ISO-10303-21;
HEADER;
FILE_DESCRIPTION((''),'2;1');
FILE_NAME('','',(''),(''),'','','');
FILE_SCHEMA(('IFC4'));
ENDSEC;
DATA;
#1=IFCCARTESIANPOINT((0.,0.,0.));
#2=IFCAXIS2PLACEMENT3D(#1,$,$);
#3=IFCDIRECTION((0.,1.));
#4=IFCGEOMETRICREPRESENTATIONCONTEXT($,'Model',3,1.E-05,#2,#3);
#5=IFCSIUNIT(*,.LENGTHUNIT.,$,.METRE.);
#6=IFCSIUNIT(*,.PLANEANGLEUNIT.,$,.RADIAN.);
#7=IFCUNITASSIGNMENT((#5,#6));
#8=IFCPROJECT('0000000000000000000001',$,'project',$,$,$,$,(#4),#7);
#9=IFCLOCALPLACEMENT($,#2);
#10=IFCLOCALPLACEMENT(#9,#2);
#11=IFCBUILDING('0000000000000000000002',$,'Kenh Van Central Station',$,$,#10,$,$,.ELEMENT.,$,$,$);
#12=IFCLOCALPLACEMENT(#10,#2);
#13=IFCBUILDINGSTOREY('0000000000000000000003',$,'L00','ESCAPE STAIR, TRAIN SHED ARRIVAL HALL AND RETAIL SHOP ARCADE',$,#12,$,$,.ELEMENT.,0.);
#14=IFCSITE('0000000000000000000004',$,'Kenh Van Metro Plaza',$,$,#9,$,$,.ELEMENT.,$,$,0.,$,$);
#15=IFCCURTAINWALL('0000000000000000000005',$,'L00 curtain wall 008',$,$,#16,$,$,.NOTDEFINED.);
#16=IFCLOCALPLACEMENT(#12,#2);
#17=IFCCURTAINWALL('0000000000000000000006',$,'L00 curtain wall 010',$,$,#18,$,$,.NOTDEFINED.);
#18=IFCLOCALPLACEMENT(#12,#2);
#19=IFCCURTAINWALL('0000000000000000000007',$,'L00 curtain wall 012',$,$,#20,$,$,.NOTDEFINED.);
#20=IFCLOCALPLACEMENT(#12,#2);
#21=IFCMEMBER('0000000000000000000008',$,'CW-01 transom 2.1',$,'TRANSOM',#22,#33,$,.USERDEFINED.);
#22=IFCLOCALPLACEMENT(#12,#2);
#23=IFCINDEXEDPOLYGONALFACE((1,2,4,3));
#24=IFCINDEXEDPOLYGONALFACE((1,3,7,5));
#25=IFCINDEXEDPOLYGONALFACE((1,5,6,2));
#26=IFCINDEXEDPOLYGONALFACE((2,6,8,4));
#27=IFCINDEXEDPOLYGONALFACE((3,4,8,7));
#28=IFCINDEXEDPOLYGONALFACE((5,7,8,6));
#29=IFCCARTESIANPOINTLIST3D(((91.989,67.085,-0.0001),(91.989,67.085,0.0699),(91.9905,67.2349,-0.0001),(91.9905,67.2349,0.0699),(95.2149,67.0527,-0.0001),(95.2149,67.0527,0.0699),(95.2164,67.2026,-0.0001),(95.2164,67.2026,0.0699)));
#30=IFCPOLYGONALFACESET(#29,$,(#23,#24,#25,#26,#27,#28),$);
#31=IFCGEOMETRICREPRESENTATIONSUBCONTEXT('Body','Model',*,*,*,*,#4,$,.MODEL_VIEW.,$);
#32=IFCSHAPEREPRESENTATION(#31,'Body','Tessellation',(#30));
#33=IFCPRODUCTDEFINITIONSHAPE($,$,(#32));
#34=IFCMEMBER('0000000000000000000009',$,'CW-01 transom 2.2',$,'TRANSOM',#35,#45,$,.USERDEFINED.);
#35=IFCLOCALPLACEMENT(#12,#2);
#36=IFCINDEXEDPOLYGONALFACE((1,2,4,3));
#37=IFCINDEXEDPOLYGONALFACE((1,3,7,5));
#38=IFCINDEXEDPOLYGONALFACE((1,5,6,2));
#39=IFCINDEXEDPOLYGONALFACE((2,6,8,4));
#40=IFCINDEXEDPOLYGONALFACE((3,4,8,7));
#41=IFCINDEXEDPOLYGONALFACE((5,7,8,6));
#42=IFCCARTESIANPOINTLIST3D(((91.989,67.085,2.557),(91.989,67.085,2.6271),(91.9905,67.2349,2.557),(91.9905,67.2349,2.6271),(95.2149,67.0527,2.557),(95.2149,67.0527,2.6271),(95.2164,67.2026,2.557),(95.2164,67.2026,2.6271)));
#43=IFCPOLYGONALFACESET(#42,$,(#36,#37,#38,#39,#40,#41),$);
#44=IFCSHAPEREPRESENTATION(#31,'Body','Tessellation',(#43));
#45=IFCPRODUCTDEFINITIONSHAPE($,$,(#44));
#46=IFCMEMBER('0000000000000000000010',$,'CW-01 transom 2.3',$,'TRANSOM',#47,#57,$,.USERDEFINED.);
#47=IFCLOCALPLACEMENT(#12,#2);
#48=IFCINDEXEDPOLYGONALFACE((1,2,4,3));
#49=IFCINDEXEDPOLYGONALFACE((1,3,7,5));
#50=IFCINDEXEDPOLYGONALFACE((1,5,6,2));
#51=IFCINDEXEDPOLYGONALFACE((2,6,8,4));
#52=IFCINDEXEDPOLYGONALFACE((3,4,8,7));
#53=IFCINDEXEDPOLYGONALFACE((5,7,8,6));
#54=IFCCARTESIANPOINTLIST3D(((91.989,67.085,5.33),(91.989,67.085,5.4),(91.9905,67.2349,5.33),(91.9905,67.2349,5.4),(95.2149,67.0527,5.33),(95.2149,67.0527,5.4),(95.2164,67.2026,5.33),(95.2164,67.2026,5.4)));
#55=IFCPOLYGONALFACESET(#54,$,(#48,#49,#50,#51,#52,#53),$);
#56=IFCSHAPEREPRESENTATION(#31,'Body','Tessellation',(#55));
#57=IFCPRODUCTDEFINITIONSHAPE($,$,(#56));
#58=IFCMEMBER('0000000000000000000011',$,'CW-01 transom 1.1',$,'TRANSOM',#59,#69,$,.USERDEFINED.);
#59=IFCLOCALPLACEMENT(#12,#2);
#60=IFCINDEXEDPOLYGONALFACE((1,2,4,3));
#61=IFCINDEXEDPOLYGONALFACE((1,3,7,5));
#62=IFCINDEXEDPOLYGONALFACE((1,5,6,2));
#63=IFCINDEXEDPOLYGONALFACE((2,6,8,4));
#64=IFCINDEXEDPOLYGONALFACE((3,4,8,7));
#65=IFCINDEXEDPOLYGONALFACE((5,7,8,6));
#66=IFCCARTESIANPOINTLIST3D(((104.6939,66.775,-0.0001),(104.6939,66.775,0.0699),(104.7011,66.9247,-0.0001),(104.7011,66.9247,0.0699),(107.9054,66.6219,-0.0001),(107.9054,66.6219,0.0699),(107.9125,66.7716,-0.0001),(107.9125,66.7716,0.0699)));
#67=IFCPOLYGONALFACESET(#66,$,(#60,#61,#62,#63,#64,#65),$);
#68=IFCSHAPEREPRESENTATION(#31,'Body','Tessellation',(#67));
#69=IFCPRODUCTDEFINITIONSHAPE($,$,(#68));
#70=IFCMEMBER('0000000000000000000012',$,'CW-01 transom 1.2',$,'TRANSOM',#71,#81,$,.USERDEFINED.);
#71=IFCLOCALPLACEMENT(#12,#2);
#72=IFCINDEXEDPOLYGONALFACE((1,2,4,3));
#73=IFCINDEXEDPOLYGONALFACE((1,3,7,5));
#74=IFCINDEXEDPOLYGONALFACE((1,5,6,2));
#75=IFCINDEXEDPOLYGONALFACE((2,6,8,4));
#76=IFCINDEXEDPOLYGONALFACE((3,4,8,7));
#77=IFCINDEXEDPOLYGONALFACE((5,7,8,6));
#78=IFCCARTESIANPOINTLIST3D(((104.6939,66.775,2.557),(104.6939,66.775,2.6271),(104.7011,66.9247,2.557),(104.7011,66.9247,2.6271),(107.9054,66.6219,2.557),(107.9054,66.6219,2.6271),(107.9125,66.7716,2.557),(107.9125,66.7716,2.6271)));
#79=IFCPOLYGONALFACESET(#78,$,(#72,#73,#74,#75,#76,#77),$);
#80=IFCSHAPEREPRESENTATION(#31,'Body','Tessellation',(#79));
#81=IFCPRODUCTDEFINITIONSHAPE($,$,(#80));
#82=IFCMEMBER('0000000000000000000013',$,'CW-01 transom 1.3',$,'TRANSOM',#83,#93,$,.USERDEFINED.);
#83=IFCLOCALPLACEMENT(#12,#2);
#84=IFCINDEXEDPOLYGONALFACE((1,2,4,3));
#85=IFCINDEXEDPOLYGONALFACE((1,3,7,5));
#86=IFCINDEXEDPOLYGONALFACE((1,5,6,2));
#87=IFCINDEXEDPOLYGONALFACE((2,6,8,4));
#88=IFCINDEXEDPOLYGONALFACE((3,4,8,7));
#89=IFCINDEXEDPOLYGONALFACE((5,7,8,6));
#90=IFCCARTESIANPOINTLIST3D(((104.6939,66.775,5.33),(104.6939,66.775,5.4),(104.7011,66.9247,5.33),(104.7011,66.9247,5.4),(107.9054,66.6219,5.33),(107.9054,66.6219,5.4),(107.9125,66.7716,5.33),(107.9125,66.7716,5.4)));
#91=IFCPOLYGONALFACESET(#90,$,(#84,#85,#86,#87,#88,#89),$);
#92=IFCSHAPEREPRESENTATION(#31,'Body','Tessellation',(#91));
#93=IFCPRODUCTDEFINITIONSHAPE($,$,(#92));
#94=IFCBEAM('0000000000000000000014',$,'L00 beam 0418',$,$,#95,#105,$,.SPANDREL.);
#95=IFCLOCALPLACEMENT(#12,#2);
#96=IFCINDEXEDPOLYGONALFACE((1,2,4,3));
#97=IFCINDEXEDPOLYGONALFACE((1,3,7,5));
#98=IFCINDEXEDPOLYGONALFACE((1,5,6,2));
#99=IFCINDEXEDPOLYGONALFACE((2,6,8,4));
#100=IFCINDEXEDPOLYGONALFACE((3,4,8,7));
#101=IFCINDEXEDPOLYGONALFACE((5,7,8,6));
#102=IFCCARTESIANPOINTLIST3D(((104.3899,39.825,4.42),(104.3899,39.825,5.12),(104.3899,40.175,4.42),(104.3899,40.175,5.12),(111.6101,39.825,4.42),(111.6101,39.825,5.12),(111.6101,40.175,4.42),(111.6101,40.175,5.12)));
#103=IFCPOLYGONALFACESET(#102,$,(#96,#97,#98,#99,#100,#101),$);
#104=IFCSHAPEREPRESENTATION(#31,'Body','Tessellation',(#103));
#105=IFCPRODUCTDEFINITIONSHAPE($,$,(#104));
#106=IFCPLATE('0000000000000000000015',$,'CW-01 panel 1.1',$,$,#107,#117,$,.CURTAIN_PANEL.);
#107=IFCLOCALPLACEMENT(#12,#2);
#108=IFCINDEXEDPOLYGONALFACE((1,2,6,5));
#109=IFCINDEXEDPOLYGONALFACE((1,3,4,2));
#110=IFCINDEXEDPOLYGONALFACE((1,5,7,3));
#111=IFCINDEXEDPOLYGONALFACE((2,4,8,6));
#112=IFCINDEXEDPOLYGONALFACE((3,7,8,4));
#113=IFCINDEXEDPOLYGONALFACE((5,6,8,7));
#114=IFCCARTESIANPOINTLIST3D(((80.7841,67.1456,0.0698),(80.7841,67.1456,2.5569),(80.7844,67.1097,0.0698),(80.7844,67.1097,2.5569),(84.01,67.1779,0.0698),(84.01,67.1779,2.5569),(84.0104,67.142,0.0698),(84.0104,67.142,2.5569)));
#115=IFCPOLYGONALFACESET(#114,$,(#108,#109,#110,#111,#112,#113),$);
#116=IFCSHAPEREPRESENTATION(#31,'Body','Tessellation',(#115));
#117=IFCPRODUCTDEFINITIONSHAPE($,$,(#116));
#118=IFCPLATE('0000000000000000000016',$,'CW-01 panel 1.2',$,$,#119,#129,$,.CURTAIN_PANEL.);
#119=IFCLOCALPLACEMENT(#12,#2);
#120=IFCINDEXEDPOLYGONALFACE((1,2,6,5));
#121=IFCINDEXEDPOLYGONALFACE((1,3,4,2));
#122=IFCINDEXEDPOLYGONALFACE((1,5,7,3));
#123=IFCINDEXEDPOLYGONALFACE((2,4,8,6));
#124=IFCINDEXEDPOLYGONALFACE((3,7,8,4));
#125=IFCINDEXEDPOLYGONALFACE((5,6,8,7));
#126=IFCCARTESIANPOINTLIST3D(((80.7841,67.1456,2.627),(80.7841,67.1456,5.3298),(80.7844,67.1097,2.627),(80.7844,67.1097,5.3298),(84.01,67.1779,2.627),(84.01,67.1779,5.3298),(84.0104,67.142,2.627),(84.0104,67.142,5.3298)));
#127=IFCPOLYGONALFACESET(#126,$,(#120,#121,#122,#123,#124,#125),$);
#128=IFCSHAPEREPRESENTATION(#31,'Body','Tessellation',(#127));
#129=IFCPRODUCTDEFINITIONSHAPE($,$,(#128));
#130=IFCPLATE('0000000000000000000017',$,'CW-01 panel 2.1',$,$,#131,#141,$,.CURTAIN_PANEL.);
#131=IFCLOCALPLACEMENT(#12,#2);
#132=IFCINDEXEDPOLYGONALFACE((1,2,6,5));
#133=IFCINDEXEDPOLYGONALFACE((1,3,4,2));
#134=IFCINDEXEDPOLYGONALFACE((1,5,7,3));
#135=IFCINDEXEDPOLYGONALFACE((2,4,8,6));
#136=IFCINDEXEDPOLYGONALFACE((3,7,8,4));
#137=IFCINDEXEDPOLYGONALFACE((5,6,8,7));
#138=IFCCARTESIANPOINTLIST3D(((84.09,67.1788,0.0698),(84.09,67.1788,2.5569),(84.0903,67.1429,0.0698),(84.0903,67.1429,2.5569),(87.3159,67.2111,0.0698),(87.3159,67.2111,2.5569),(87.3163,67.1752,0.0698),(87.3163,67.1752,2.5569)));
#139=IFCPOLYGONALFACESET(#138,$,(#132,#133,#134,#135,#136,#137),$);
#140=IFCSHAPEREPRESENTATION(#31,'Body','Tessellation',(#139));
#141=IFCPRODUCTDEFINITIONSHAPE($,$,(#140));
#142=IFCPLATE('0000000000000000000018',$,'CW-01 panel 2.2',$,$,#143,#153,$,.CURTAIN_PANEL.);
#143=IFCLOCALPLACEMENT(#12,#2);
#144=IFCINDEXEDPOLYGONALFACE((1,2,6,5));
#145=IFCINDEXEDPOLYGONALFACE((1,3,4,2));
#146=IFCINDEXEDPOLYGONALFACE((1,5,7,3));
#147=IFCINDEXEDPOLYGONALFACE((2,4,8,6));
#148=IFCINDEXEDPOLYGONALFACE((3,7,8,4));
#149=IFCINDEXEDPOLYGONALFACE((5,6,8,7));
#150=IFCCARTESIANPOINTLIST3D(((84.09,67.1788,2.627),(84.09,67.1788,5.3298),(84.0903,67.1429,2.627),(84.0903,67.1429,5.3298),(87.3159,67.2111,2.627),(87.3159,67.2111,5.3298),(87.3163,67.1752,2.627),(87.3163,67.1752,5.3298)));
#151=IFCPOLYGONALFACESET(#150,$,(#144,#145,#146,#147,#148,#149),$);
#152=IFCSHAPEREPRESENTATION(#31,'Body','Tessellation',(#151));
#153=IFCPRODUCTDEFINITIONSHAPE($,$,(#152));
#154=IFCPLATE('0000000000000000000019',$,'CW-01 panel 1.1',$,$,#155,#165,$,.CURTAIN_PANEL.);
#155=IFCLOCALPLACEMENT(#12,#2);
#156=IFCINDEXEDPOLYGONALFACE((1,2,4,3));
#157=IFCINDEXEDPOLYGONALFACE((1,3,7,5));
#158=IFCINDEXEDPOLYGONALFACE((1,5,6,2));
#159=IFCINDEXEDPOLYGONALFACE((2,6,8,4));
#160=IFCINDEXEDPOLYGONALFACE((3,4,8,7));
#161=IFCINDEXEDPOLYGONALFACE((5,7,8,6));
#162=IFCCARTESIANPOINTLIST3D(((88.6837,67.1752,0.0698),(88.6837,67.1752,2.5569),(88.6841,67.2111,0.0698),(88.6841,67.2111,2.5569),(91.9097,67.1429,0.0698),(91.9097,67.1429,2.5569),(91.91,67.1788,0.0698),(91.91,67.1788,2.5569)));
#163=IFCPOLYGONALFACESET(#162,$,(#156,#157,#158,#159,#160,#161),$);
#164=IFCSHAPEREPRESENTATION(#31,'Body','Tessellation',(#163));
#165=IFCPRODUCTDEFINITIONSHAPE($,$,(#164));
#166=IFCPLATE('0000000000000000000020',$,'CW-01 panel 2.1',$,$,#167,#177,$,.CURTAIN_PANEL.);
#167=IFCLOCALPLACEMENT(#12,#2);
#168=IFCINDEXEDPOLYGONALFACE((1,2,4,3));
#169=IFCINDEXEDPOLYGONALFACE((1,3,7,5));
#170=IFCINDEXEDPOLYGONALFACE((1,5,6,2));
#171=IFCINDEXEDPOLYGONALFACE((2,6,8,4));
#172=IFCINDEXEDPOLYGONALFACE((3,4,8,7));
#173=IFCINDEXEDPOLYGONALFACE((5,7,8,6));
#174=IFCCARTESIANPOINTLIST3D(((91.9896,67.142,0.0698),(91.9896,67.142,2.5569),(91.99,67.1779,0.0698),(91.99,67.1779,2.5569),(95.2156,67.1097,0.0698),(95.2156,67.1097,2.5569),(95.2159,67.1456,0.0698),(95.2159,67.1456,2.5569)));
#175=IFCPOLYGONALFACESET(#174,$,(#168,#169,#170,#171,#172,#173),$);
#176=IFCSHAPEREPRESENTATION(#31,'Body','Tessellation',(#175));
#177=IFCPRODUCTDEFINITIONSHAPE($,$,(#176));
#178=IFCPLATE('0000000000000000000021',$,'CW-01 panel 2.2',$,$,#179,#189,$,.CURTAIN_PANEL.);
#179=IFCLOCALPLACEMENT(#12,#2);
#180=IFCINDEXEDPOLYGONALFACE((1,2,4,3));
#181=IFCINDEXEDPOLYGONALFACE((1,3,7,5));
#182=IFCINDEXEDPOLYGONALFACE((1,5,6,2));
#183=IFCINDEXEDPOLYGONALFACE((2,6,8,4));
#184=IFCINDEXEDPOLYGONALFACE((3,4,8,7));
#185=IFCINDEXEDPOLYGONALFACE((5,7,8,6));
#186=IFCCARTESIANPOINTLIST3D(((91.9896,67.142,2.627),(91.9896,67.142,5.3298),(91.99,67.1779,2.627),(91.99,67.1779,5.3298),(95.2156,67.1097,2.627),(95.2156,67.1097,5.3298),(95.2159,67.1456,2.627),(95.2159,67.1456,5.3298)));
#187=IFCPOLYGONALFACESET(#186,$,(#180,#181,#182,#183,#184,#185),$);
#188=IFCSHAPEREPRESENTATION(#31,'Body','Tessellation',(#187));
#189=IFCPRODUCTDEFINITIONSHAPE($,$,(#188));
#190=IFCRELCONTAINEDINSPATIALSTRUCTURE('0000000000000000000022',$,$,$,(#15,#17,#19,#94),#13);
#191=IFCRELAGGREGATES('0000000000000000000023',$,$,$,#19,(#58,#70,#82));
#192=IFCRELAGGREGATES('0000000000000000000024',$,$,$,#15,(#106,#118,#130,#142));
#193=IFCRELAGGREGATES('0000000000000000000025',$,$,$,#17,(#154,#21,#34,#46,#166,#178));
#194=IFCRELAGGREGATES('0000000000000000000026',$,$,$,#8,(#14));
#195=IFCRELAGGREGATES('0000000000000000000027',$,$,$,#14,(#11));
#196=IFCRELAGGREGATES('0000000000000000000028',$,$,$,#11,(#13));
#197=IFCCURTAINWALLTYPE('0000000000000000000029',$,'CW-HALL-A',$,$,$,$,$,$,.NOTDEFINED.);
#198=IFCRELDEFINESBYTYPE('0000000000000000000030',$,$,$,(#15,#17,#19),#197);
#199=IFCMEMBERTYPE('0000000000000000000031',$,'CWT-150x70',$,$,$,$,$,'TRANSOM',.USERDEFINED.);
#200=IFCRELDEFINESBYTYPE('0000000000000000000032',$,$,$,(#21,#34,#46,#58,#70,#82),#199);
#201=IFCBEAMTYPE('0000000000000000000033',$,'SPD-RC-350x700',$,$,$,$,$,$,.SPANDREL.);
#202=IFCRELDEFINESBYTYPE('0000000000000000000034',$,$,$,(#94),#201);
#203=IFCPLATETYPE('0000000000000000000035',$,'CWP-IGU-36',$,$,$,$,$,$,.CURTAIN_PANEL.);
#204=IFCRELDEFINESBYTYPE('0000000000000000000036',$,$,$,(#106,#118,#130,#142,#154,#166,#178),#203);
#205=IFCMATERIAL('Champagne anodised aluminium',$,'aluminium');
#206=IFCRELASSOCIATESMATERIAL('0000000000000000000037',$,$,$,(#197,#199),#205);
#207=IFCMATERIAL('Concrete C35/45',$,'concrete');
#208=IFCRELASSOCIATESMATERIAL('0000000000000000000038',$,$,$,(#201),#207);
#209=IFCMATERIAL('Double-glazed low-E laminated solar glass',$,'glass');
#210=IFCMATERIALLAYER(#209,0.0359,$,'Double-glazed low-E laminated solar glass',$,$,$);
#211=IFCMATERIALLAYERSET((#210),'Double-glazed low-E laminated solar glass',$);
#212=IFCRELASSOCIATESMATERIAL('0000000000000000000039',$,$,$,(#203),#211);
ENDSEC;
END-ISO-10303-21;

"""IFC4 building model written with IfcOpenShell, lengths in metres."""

from ifc_helpers import new_model, si_unit, direction, frame, origin, origin_2d, place, context, subcontext, project, spatial, rectangle, extrude, material, layer, layer_set, material_profile, profile_set, type_object, element, aggregate, save


model = new_model("IFC4")

# Units and contexts
model_context = context("Model", 3, precision=1e-05, world=origin(), true_north=direction((0.0, 1.0)))
body_context = subcontext(model_context, "Body", "Model", "MODEL_VIEW")
ifc_project = project(units=[si_unit("LENGTHUNIT", "METRE"), si_unit("PLANEANGLEUNIT", "RADIAN")], contexts=[model_context])

# Site, building, storey
site_placement = place(None, origin())
site = spatial("IfcSite", under=ifc_project, at=site_placement, Name="Kenh Van Metro Plaza", CompositionType="ELEMENT", RefElevation=0.0)
building_placement = place(site_placement, origin())
building = spatial("IfcBuilding", under=site, at=building_placement, Name="Kenh Van Central Station", CompositionType="ELEMENT")
storey_placement = place(building_placement, origin())
storey = spatial("IfcBuildingStorey", under=building, at=storey_placement, Name="L00", Description="ESCAPE STAIR, TRAIN SHED ARRIVAL HALL AND RETAIL SHOP ARCADE", CompositionType="ELEMENT", Elevation=0.0)

# Curtain wall
ifc_material_1 = material(Name="Champagne anodised aluminium", Category="aluminium")
curtain_wall_type = type_object("IfcCurtainWallType", Name="CW-HALL-A", PredefinedType="NOTDEFINED", material=ifc_material_1)
curtain_wall_1_placement = place(storey_placement, origin())
curtain_wall_1 = element("IfcCurtainWall", 1, at=curtain_wall_1_placement, inside=storey, type_object=curtain_wall_type, Name="L00 curtain wall 008", PredefinedType="NOTDEFINED")

# Curtain wall
curtain_wall_2_placement = place(storey_placement, origin())
curtain_wall_2 = element("IfcCurtainWall", 2, at=curtain_wall_2_placement, inside=storey, type_object=curtain_wall_type, Name="L00 curtain wall 010", PredefinedType="NOTDEFINED")

# Curtain wall
curtain_wall_3_placement = place(storey_placement, origin())
curtain_wall_3 = element("IfcCurtainWall", 3, at=curtain_wall_3_placement, inside=storey, type_object=curtain_wall_type, Name="L00 curtain wall 012", PredefinedType="NOTDEFINED")

# Members
ifc_material_profile_1 = material_profile(ifc_material_1, rectangle(XDim=0.1499, YDim=0.0701, at=origin_2d()), Name="AL 150x70")
ifc_profile_set_1 = profile_set([ifc_material_profile_1], Name="Champagne anodised aluminium")
member_type_1 = type_object("IfcMemberType", Name="CWT-150x70", ElementType="TRANSOM", PredefinedType="USERDEFINED", material=ifc_profile_set_1)
member_1_placement = place(storey_placement, frame((91.9897, 67.1599, 0.0349), z_axis=(0.99995, -0.00999, 0.0), x_axis=(0.00999, 0.99995, 0.0)))
member_1 = element("IfcMember", 4, at=member_1_placement, type_object=member_type_1, Name="CW-01 transom 2.1", ObjectType="TRANSOM", PredefinedType="USERDEFINED", context=body_context, shape_type="SweptSolid", body=[
    extrude(rectangle(XDim=0.1499, YDim=0.0701, at=origin_2d()), origin(), (0.0, 0.0, 1.0), 3.2261),
])
member_2_placement = place(storey_placement, frame((91.9897, 67.1599, 2.592), z_axis=(0.99995, -0.00999, 0.0), x_axis=(0.00999, 0.99995, 0.0)))
member_2 = element("IfcMember", 5, at=member_2_placement, type_object=member_type_1, Name="CW-01 transom 2.2", ObjectType="TRANSOM", PredefinedType="USERDEFINED", context=body_context, shape_type="SweptSolid", body=[
    extrude(rectangle(XDim=0.1499, YDim=0.0701, at=origin_2d()), origin(), (0.0, 0.0, 1.0), 3.2261),
])
member_3_placement = place(storey_placement, frame((91.9897, 67.1599, 5.365), z_axis=(0.99995, -0.00999, 0.0), x_axis=(0.00999, 0.99995, 0.0)))
member_3 = element("IfcMember", 6, at=member_3_placement, type_object=member_type_1, Name="CW-01 transom 2.3", ObjectType="TRANSOM", PredefinedType="USERDEFINED", context=body_context, shape_type="SweptSolid", body=[
    extrude(rectangle(XDim=0.1499, YDim=0.0701, at=origin_2d()), origin(), (0.0, 0.0, 1.0), 3.2261),
])
member_4_placement = place(storey_placement, frame((104.6975, 66.8499, 0.0349), z_axis=(0.998866, -0.047612, 0.0), x_axis=(0.047612, 0.998866, 0.0)))
member_4 = element("IfcMember", 7, at=member_4_placement, type_object=member_type_1, Name="CW-01 transom 1.1", ObjectType="TRANSOM", PredefinedType="USERDEFINED", context=body_context, shape_type="SweptSolid", body=[
    extrude(rectangle(XDim=0.1499, YDim=0.0701, at=origin_2d()), origin(), (0.0, 0.0, 1.0), 3.2151),
])
member_5_placement = place(storey_placement, frame((104.6975, 66.8499, 2.592), z_axis=(0.998866, -0.047612, 0.0), x_axis=(0.047612, 0.998866, 0.0)))
member_5 = element("IfcMember", 8, at=member_5_placement, type_object=member_type_1, Name="CW-01 transom 1.2", ObjectType="TRANSOM", PredefinedType="USERDEFINED", context=body_context, shape_type="SweptSolid", body=[
    extrude(rectangle(XDim=0.1499, YDim=0.0701, at=origin_2d()), origin(), (0.0, 0.0, 1.0), 3.2151),
])
member_6_placement = place(storey_placement, frame((104.6975, 66.8499, 5.365), z_axis=(0.998866, -0.047612, 0.0), x_axis=(0.047612, 0.998866, 0.0)))
member_6 = element("IfcMember", 9, at=member_6_placement, type_object=member_type_1, Name="CW-01 transom 1.3", ObjectType="TRANSOM", PredefinedType="USERDEFINED", context=body_context, shape_type="SweptSolid", body=[
    extrude(rectangle(XDim=0.1499, YDim=0.0701, at=origin_2d()), origin(), (0.0, 0.0, 1.0), 3.2151),
])
aggregate(curtain_wall_3, [member_4, member_5, member_6])

# Beam
ifc_material_2 = material(Name="Concrete C35/45", Category="concrete")
ifc_material_profile_2 = material_profile(ifc_material_2, rectangle(XDim=0.3501, YDim=0.7, at=origin_2d()), Name="RC 350x700")
ifc_profile_set_2 = profile_set([ifc_material_profile_2], Name="Concrete C35/45")
beam_type = type_object("IfcBeamType", Name="SPD-RC-350x700", PredefinedType="SPANDREL", material=ifc_profile_set_2)
beam_placement = place(storey_placement, frame((104.3899, 40.0, 4.77), z_axis=(1.0, 0.0, 0.0), x_axis=(0.0, 1.0, 0.0)))
element("IfcBeam", 10, at=beam_placement, inside=storey, type_object=beam_type, Name="L00 beam 0418", PredefinedType="SPANDREL", context=body_context, shape_type="SweptSolid", body=[
    extrude(rectangle(XDim=0.3501, YDim=0.7, at=origin_2d()), origin(), (0.0, 0.0, 1.0), 7.2202),
])

# Plates
ifc_material_3 = material(Name="Double-glazed low-E laminated solar glass", Category="glass")
ifc_layer_1 = layer(ifc_material_3, 0.0359, Name="Double-glazed low-E laminated solar glass")
ifc_layer_set_1 = layer_set([ifc_layer_1], Name="Double-glazed low-E laminated solar glass")
plate_type = type_object("IfcPlateType", Name="CWP-IGU-36", PredefinedType="CURTAIN_PANEL", material=ifc_layer_set_1)
plate_1_placement = place(storey_placement, frame((82.3972, 67.1438, 0.0698), z_axis=(0.0, 0.0, 1.0), x_axis=(0.99995, 0.010012, 0.0)))
plate_1 = element("IfcPlate", 11, at=plate_1_placement, type_object=plate_type, Name="CW-01 panel 1.1", PredefinedType="CURTAIN_PANEL", context=body_context, shape_type="SweptSolid", body=[
    extrude(rectangle(XDim=3.2261, YDim=0.0359, at=origin_2d()), origin(), (0.0, 0.0, 1.0), 2.4871),
])
plate_2_placement = place(storey_placement, frame((82.3972, 67.1438, 2.627), z_axis=(0.0, 0.0, 1.0), x_axis=(0.99995, 0.010012, 0.0)))
plate_2 = element("IfcPlate", 12, at=plate_2_placement, type_object=plate_type, Name="CW-01 panel 1.2", PredefinedType="CURTAIN_PANEL", context=body_context, shape_type="SweptSolid", body=[
    extrude(rectangle(XDim=3.2261, YDim=0.0359, at=origin_2d()), origin(), (0.0, 0.0, 1.0), 2.7029),
])
plate_3_placement = place(storey_placement, frame((85.7031, 67.177, 0.0698), z_axis=(0.0, 0.0, 1.0), x_axis=(0.99995, 0.010012, 0.0)))
plate_3 = element("IfcPlate", 13, at=plate_3_placement, type_object=plate_type, Name="CW-01 panel 2.1", PredefinedType="CURTAIN_PANEL", context=body_context, shape_type="SweptSolid", body=[
    extrude(rectangle(XDim=3.2261, YDim=0.0359, at=origin_2d()), origin(), (0.0, 0.0, 1.0), 2.4871),
])
plate_4_placement = place(storey_placement, frame((85.7031, 67.177, 2.627), z_axis=(0.0, 0.0, 1.0), x_axis=(0.99995, 0.010012, 0.0)))
plate_4 = element("IfcPlate", 14, at=plate_4_placement, type_object=plate_type, Name="CW-01 panel 2.2", PredefinedType="CURTAIN_PANEL", context=body_context, shape_type="SweptSolid", body=[
    extrude(rectangle(XDim=3.2261, YDim=0.0359, at=origin_2d()), origin(), (0.0, 0.0, 1.0), 2.7029),
])
aggregate(curtain_wall_1, [plate_1, plate_2, plate_3, plate_4])
plate_5_placement = place(storey_placement, frame((90.2969, 67.177, 0.0698), z_axis=(0.0, 0.0, 1.0), x_axis=(0.99995, -0.010012, 0.0)))
plate_5 = element("IfcPlate", 15, at=plate_5_placement, type_object=plate_type, Name="CW-01 panel 1.1", PredefinedType="CURTAIN_PANEL", context=body_context, shape_type="SweptSolid", body=[
    extrude(rectangle(XDim=3.2261, YDim=0.0359, at=origin_2d()), origin(), (0.0, 0.0, 1.0), 2.4871),
])
plate_6_placement = place(storey_placement, frame((93.6028, 67.1438, 0.0698), z_axis=(0.0, 0.0, 1.0), x_axis=(0.99995, -0.010012, 0.0)))
plate_6 = element("IfcPlate", 16, at=plate_6_placement, type_object=plate_type, Name="CW-01 panel 2.1", PredefinedType="CURTAIN_PANEL", context=body_context, shape_type="SweptSolid", body=[
    extrude(rectangle(XDim=3.2261, YDim=0.0359, at=origin_2d()), origin(), (0.0, 0.0, 1.0), 2.4871),
])
plate_7_placement = place(storey_placement, frame((93.6028, 67.1438, 2.627), z_axis=(0.0, 0.0, 1.0), x_axis=(0.99995, -0.010012, 0.0)))
plate_7 = element("IfcPlate", 17, at=plate_7_placement, type_object=plate_type, Name="CW-01 panel 2.2", PredefinedType="CURTAIN_PANEL", context=body_context, shape_type="SweptSolid", body=[
    extrude(rectangle(XDim=3.2261, YDim=0.0359, at=origin_2d()), origin(), (0.0, 0.0, 1.0), 2.7029),
])
aggregate(curtain_wall_2, [plate_5, member_1, member_2, member_3, plate_6, plate_7])

save(model, "model.ifc")
